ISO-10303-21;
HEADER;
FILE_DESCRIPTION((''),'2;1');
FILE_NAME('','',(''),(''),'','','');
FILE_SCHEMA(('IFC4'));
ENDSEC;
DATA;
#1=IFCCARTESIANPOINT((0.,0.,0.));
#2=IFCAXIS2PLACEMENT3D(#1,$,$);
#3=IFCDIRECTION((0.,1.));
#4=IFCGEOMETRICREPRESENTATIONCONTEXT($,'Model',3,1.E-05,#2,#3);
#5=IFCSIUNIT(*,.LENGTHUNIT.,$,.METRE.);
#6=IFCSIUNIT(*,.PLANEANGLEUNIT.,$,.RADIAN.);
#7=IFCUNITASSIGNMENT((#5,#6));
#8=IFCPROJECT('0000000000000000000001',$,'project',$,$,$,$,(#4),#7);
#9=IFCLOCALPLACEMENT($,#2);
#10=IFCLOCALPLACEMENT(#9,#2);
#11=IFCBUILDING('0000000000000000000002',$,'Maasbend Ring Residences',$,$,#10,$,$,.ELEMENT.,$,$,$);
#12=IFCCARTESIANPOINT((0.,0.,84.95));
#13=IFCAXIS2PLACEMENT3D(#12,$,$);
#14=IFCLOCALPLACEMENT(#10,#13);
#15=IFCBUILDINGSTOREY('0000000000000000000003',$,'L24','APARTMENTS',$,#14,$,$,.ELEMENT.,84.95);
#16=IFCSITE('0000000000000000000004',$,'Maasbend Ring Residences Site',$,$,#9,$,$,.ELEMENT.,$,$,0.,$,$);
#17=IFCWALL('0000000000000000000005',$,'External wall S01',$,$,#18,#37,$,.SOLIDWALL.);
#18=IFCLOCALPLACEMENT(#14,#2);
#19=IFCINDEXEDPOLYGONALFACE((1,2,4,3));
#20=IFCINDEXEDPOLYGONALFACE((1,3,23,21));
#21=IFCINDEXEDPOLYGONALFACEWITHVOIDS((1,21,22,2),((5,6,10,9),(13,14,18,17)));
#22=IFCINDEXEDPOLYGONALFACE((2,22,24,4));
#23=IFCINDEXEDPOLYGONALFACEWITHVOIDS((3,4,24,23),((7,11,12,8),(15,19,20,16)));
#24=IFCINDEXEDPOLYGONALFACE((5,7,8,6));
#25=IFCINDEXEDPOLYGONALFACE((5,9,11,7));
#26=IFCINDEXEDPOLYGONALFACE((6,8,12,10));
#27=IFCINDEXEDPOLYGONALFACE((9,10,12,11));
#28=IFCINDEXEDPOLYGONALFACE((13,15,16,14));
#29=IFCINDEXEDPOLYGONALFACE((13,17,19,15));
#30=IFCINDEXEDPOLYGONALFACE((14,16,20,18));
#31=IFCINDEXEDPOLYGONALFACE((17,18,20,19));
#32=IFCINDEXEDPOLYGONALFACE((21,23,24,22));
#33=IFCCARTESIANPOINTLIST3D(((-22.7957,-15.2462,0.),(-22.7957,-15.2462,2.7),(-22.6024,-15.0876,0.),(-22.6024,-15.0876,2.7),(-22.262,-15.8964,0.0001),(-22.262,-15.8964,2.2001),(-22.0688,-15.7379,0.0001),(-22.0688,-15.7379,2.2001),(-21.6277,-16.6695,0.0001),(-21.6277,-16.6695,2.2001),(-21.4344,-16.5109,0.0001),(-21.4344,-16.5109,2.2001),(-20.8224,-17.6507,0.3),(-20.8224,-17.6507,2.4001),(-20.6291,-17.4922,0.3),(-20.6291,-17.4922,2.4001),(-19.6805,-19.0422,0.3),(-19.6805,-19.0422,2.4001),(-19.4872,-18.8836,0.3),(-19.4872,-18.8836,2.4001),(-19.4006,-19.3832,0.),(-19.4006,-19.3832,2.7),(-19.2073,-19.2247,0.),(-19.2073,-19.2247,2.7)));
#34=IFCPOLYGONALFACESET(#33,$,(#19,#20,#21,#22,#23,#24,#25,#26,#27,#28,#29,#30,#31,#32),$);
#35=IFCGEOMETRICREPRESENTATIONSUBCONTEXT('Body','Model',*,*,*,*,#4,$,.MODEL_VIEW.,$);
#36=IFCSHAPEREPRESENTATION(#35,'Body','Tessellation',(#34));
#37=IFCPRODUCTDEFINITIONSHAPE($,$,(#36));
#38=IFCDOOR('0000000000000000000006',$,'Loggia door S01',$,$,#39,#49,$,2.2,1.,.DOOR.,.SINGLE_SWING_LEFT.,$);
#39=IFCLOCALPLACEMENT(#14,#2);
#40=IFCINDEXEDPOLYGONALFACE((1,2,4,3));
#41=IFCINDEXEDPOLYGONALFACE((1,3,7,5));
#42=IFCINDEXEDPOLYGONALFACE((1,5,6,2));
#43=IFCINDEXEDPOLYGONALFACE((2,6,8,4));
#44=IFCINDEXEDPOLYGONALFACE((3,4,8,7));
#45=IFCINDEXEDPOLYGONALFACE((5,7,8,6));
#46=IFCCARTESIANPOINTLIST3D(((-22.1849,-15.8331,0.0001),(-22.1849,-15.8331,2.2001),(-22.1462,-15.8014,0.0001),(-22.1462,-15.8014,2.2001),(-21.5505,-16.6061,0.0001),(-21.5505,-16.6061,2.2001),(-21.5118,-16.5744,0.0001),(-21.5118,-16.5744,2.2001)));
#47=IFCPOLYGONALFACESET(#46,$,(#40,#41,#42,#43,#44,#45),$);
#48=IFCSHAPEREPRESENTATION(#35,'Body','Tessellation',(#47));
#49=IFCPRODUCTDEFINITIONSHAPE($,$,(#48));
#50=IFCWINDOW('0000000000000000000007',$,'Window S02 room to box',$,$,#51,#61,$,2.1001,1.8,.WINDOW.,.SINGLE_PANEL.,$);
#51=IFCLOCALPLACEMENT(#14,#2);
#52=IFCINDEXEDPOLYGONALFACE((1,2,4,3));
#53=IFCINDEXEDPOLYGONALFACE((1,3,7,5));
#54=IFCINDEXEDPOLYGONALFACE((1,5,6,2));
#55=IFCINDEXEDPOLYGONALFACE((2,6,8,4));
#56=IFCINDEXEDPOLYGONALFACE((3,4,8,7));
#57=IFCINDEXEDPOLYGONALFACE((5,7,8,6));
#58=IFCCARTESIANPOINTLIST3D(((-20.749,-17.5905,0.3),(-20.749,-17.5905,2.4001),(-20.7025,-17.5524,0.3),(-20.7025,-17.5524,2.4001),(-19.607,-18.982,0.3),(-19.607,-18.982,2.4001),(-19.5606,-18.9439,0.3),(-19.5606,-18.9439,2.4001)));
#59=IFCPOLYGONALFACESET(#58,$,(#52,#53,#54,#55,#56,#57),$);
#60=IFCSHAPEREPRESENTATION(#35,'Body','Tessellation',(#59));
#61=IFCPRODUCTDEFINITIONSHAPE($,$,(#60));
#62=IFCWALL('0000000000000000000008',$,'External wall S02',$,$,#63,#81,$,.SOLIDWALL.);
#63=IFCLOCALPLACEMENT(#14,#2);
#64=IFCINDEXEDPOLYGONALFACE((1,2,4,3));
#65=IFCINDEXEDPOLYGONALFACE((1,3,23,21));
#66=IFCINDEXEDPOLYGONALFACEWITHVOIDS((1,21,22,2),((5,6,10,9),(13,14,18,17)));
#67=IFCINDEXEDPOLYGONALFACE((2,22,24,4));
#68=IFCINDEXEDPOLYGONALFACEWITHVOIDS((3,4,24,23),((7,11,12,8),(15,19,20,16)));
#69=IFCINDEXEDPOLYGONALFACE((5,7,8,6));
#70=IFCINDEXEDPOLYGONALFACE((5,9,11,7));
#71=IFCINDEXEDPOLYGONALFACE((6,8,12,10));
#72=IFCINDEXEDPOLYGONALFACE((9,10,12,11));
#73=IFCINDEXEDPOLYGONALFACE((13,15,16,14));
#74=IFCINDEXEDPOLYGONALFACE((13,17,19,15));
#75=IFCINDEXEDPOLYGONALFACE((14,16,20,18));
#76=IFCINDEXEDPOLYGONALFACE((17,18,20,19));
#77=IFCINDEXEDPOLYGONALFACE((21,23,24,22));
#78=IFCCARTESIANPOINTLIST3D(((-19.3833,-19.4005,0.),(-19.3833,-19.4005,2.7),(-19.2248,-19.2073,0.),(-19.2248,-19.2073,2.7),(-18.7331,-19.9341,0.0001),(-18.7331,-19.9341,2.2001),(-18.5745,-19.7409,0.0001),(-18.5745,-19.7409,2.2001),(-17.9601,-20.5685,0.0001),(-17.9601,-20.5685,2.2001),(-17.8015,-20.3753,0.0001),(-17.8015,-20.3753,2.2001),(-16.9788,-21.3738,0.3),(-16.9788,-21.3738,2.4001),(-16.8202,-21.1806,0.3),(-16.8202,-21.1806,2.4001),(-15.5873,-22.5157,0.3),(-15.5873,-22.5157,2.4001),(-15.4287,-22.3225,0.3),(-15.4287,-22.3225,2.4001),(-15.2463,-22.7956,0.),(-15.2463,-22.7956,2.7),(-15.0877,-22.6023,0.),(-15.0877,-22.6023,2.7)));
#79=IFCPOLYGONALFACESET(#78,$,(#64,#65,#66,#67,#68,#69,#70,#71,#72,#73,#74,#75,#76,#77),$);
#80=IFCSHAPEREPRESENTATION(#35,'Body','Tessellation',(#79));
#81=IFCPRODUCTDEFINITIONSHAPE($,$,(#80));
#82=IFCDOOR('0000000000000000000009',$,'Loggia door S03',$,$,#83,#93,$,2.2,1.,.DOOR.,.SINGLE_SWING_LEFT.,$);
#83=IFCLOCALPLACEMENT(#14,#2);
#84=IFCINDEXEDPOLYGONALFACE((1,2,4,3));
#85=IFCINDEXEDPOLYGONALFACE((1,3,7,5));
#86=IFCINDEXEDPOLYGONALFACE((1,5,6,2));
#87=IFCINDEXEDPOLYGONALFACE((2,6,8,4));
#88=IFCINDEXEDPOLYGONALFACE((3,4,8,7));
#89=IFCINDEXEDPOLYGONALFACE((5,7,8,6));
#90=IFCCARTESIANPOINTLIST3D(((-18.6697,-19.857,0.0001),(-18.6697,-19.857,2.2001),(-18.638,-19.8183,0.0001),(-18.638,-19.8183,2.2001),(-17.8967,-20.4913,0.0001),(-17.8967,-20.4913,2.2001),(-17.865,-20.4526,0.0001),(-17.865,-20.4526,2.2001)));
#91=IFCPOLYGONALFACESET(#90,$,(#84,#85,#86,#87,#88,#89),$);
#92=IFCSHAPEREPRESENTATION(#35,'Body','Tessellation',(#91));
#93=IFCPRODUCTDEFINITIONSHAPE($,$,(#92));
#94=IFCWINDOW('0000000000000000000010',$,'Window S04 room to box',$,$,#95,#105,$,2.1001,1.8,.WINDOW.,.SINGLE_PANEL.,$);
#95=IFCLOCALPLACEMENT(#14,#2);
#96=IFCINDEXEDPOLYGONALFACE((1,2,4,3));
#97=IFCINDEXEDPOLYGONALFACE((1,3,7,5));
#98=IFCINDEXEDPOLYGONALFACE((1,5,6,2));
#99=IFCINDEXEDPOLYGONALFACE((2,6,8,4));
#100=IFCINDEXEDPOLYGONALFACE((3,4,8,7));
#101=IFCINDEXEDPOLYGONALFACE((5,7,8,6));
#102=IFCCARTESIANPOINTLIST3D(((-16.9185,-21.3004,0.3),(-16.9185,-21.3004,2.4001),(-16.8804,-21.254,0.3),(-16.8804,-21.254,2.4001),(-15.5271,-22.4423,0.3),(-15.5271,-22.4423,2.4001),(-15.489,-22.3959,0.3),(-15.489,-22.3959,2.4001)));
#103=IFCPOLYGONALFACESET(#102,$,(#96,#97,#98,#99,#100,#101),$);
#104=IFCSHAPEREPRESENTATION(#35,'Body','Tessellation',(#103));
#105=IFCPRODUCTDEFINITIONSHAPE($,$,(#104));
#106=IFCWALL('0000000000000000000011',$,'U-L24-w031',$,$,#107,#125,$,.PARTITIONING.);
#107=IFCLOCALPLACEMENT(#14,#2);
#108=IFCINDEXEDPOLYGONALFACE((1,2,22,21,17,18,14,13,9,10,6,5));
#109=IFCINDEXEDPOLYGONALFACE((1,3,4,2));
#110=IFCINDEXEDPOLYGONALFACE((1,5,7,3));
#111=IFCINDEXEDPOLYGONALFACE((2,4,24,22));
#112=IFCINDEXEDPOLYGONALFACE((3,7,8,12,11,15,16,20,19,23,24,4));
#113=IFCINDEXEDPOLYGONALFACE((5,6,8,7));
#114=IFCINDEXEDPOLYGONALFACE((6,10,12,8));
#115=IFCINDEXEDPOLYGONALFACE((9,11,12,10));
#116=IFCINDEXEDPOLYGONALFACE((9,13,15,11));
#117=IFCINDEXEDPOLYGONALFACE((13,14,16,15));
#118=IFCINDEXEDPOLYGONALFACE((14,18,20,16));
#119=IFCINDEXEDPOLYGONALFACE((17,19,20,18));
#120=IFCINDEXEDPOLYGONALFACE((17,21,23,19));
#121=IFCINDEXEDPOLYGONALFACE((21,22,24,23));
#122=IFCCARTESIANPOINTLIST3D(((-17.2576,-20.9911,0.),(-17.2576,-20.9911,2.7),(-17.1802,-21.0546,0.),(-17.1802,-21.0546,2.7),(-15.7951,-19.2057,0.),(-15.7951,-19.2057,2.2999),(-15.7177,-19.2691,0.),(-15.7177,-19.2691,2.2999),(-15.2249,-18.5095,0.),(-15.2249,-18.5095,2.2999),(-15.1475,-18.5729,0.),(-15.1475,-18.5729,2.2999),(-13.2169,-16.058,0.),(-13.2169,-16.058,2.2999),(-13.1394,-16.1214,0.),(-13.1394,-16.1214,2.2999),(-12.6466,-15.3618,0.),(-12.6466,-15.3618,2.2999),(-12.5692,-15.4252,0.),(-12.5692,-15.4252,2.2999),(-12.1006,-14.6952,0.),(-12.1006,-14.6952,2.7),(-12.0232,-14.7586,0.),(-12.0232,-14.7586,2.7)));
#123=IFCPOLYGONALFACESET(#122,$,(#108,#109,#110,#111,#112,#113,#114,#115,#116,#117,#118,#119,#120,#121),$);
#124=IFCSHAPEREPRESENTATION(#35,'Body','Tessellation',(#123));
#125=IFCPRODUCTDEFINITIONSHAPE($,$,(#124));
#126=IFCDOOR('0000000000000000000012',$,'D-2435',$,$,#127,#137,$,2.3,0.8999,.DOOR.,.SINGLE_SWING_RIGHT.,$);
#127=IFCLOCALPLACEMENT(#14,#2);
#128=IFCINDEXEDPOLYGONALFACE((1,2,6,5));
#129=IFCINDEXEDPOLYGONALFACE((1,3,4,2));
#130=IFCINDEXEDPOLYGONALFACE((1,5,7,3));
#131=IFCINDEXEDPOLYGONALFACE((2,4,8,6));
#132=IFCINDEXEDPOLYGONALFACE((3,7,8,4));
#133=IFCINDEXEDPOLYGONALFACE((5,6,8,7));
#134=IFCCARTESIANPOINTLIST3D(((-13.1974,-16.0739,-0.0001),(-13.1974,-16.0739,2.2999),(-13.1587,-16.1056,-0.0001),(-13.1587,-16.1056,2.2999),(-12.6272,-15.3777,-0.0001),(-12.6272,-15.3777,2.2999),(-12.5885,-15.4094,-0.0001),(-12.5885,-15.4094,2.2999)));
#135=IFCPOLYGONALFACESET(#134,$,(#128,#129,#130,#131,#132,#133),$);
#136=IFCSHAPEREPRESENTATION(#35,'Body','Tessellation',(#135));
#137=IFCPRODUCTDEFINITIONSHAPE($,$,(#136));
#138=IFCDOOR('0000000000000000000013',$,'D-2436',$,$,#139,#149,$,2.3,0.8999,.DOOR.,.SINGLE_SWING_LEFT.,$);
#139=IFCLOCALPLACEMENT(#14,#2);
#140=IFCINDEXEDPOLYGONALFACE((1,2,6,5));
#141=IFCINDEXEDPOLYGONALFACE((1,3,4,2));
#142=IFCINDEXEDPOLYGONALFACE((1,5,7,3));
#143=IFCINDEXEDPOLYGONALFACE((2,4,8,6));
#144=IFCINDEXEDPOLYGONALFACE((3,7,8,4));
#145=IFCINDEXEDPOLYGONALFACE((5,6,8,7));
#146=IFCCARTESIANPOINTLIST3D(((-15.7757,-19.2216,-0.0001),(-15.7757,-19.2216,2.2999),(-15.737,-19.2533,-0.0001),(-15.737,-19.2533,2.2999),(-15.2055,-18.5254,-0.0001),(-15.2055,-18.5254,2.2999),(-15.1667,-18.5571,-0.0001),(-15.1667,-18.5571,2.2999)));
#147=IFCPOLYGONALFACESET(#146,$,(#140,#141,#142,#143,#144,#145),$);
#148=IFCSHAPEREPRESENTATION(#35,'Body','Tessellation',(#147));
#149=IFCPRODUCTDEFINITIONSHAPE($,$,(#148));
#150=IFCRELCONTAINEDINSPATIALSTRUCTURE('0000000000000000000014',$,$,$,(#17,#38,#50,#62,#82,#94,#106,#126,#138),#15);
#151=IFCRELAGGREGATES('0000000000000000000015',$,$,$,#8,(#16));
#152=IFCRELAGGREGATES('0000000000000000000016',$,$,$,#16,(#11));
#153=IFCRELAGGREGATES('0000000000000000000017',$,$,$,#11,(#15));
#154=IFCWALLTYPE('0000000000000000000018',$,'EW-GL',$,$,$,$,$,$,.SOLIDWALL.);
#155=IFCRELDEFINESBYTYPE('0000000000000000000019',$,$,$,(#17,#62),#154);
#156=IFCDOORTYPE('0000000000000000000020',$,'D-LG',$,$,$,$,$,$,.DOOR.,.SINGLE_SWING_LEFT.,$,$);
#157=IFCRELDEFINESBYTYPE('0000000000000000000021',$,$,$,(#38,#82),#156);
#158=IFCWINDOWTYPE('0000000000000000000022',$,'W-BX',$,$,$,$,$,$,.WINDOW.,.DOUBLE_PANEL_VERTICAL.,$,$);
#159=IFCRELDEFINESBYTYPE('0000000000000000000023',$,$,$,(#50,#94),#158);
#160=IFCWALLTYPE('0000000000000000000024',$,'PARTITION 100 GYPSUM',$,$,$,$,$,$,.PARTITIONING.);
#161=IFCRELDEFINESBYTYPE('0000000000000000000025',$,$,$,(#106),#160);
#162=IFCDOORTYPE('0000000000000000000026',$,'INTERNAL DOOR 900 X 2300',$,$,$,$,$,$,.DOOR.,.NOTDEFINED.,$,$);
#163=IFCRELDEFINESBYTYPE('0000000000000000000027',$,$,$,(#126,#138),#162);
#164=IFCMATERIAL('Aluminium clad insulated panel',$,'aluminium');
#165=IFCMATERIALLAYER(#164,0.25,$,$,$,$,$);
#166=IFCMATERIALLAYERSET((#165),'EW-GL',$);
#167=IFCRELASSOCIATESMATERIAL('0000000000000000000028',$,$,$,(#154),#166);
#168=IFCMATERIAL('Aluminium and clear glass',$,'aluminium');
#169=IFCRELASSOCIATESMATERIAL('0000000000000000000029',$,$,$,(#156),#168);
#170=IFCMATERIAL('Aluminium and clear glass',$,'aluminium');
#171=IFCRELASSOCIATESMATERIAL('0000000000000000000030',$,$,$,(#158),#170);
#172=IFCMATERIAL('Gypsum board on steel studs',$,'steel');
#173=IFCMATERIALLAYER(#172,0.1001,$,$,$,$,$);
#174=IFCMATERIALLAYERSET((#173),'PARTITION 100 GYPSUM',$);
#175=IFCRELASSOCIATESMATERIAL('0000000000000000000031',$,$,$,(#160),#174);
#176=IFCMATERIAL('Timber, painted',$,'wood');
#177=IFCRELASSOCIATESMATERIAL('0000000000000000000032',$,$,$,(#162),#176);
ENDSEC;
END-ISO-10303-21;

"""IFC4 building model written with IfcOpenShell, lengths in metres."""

from ifc_helpers import new_model, si_unit, direction, frame, frame_2d, origin, place, context, subcontext, project, spatial, rectangle, extrude, material, layer, layer_set, type_object, element, fill, save


model = new_model("IFC4")

# Units and contexts
model_context = context("Model", 3, precision=1e-05, world=origin(), true_north=direction((0.0, 1.0)))
body_context = subcontext(model_context, "Body", "Model", "MODEL_VIEW")
ifc_project = project(units=[si_unit("LENGTHUNIT", "METRE"), si_unit("PLANEANGLEUNIT", "RADIAN")], contexts=[model_context])

# Site, building, storey
site_placement = place(None, origin())
site = spatial("IfcSite", under=ifc_project, at=site_placement, Name="Maasbend Ring Residences Site", CompositionType="ELEMENT", RefElevation=0.0)
building_placement = place(site_placement, origin())
building = spatial("IfcBuilding", under=site, at=building_placement, Name="Maasbend Ring Residences", CompositionType="ELEMENT")
storey_placement = place(building_placement, frame((0.0, 0.0, 84.95)))
storey = spatial("IfcBuildingStorey", under=building, at=storey_placement, Name="L24", Description="APARTMENTS", CompositionType="ELEMENT", Elevation=84.95)

# Walls, openings, doors, windows
ifc_material_1 = material(Name="Aluminium clad insulated panel", Category="aluminium")
ifc_layer_1 = layer(ifc_material_1, 0.25)
ifc_layer_set_1 = layer_set([ifc_layer_1], Name="EW-GL")
wall_type_1 = type_object("IfcWallType", Name="EW-GL", PredefinedType="SOLIDWALL", material=ifc_layer_set_1)
wall_1_placement = place(storey_placement, frame((-22.699, -15.167, 0.0), z_axis=(0.0, 0.0, 1.0), x_axis=(0.634382, -0.773019, 0.0)))
wall_1 = element("IfcWall", 1, at=wall_1_placement, inside=storey, type_object=wall_type_1, Name="External wall S01", PredefinedType="SOLIDWALL", context=body_context, shape_type="SweptSolid", body=[
    extrude(rectangle(XDim=5.3518, YDim=0.25, at=frame_2d((2.6758, 0.0))), origin(), (0.0, 0.0, 1.0), 2.7),
])
opening_1_placement = place(wall_1_placement, frame((0.8411, 0.0, 0.0)))
opening_1 = element("IfcOpeningElement", 2, at=opening_1_placement, cuts=wall_1, PredefinedType="OPENING", context=body_context, shape_type="SweptSolid", body=[
    extrude(rectangle(XDim=1.0, YDim=2.2, at=frame_2d((0.5, 1.1001))), frame((0.0, 0.135, 0.0), z_axis=(0.0, -1.0, 0.0), x_axis=(1.0, 0.0, 0.0)), (0.0, 0.0, 1.0), 0.27),
])
opening_2_placement = place(wall_1_placement, frame((3.1106, 0.0, 0.3)))
opening_2 = element("IfcOpeningElement", 3, at=opening_2_placement, cuts=wall_1, PredefinedType="OPENING", context=body_context, shape_type="SweptSolid", body=[
    extrude(rectangle(XDim=1.8, YDim=2.1001, at=frame_2d((0.8999, 1.05))), frame((0.0, 0.135, 0.0), z_axis=(0.0, -1.0, 0.0), x_axis=(1.0, 0.0, 0.0)), (0.0, 0.0, 1.0), 0.27),
])
ifc_material_2 = material(Name="Aluminium and clear glass", Category="aluminium")
door_type_1 = type_object("IfcDoorType", Name="D-LG", OperationType="SINGLE_SWING_LEFT", PredefinedType="DOOR", material=ifc_material_2)
door_1_placement = place(opening_1_placement, origin())
door_1 = element("IfcDoor", 4, at=door_1_placement, inside=storey, type_object=door_type_1, Name="Loggia door S01", OperationType="SINGLE_SWING_LEFT", OverallHeight=2.2, OverallWidth=1.0, PredefinedType="DOOR", context=body_context, shape_type="SweptSolid", body=[
    extrude(rectangle(XDim=1.0, YDim=2.2, at=frame_2d((0.5, 1.1001))), frame((0.0, 0.0249, 0.0), z_axis=(0.0, -1.0, 0.0), x_axis=(1.0, 0.0, 0.0)), (0.0, 0.0, 1.0), 0.05),
])
fill(opening_1, door_1)
ifc_material_3 = material(Name="Aluminium and clear glass", Category="aluminium")
window_type_1 = type_object("IfcWindowType", Name="W-BX", PartitioningType="DOUBLE_PANEL_VERTICAL", PredefinedType="WINDOW", material=ifc_material_3)
window_1_placement = place(opening_2_placement, origin())
window_1 = element("IfcWindow", 5, at=window_1_placement, inside=storey, type_object=window_type_1, Name="Window S02 room to box", OverallHeight=2.1001, OverallWidth=1.8, PartitioningType="SINGLE_PANEL", PredefinedType="WINDOW", context=body_context, shape_type="SweptSolid", body=[
    extrude(rectangle(XDim=1.8, YDim=2.1001, at=frame_2d((0.8999, 1.05))), frame((0.0, 0.03, 0.0), z_axis=(0.0, -1.0, 0.0), x_axis=(1.0, 0.0, 0.0)), (0.0, 0.0, 1.0), 0.0601),
])
fill(opening_2, window_1)
wall_2_placement = place(storey_placement, frame((-19.304, -19.304, 0.0), z_axis=(0.0, 0.0, 1.0), x_axis=(0.773019, -0.634382, 0.0)))
wall_2 = element("IfcWall", 6, at=wall_2_placement, inside=storey, type_object=wall_type_1, Name="External wall S02", PredefinedType="SOLIDWALL", context=body_context, shape_type="SweptSolid", body=[
    extrude(rectangle(XDim=5.3518, YDim=0.25, at=frame_2d((2.6758, 0.0))), origin(), (0.0, 0.0, 1.0), 2.7),
])
opening_3_placement = place(wall_2_placement, frame((0.8411, 0.0, 0.0)))
opening_3 = element("IfcOpeningElement", 7, at=opening_3_placement, cuts=wall_2, PredefinedType="OPENING", context=body_context, shape_type="SweptSolid", body=[
    extrude(rectangle(XDim=1.0, YDim=2.2, at=frame_2d((0.5, 1.1001))), frame((0.0, 0.135, 0.0), z_axis=(0.0, -1.0, 0.0), x_axis=(1.0, 0.0, 0.0)), (0.0, 0.0, 1.0), 0.27),
])
opening_4_placement = place(wall_2_placement, frame((3.1106, 0.0, 0.3)))
opening_4 = element("IfcOpeningElement", 8, at=opening_4_placement, cuts=wall_2, PredefinedType="OPENING", context=body_context, shape_type="SweptSolid", body=[
    extrude(rectangle(XDim=1.8, YDim=2.1001, at=frame_2d((0.8999, 1.05))), frame((0.0, 0.135, 0.0), z_axis=(0.0, -1.0, 0.0), x_axis=(1.0, 0.0, 0.0)), (0.0, 0.0, 1.0), 0.27),
])
door_2_placement = place(opening_3_placement, origin())
door_2 = element("IfcDoor", 9, at=door_2_placement, inside=storey, type_object=door_type_1, Name="Loggia door S03", OperationType="SINGLE_SWING_LEFT", OverallHeight=2.2, OverallWidth=1.0, PredefinedType="DOOR", context=body_context, shape_type="SweptSolid", body=[
    extrude(rectangle(XDim=1.0, YDim=2.2, at=frame_2d((0.5, 1.1001))), frame((0.0, 0.0249, 0.0), z_axis=(0.0, -1.0, 0.0), x_axis=(1.0, 0.0, 0.0)), (0.0, 0.0, 1.0), 0.05),
])
fill(opening_3, door_2)
window_2_placement = place(opening_4_placement, origin())
window_2 = element("IfcWindow", 10, at=window_2_placement, inside=storey, type_object=window_type_1, Name="Window S04 room to box", OverallHeight=2.1001, OverallWidth=1.8, PartitioningType="SINGLE_PANEL", PredefinedType="WINDOW", context=body_context, shape_type="SweptSolid", body=[
    extrude(rectangle(XDim=1.8, YDim=2.1001, at=frame_2d((0.8999, 1.05))), frame((0.0, 0.03, 0.0), z_axis=(0.0, -1.0, 0.0), x_axis=(1.0, 0.0, 0.0)), (0.0, 0.0, 1.0), 0.0601),
])
fill(opening_4, window_2)

# Wall, openings, doors
ifc_material_4 = material(Name="Gypsum board on steel studs", Category="steel")
ifc_layer_2 = layer(ifc_material_4, 0.1001)
ifc_layer_set_2 = layer_set([ifc_layer_2], Name="PARTITION 100 GYPSUM")
wall_type_2 = type_object("IfcWallType", Name="PARTITION 100 GYPSUM", PredefinedType="PARTITIONING", material=ifc_layer_set_2)
wall_3_placement = place(storey_placement, frame((-17.219, -21.0229, 0.0), z_axis=(0.0, 0.0, 1.0), x_axis=(0.633664, 0.773608, 0.0)))
wall_3 = element("IfcWall", 11, at=wall_3_placement, inside=storey, type_object=wall_type_2, Name="U-L24-w031", PredefinedType="PARTITIONING", context=body_context, shape_type="SweptSolid", body=[
    extrude(rectangle(XDim=8.1384, YDim=0.1001, at=frame_2d((4.0693, 0.0))), origin(), (0.0, 0.0, 1.0), 2.7),
])
opening_5_placement = place(wall_3_placement, frame((6.377, 0.0, 0.0)))
opening_5 = element("IfcOpeningElement", 12, at=opening_5_placement, cuts=wall_3, PredefinedType="OPENING", context=body_context, shape_type="SweptSolid", body=[
    extrude(rectangle(XDim=0.8999, YDim=2.3, at=frame_2d((0.45, 1.1499))), frame((0.0, 0.0601, 0.0), z_axis=(0.0, -1.0, 0.0), x_axis=(1.0, 0.0, 0.0)), (0.0, 0.0, 1.0), 0.1201),
])
opening_6_placement = place(wall_3_placement, frame((2.3081, 0.0, 0.0)))
opening_6 = element("IfcOpeningElement", 13, at=opening_6_placement, cuts=wall_3, PredefinedType="OPENING", context=body_context, shape_type="SweptSolid", body=[
    extrude(rectangle(XDim=0.8999, YDim=2.3, at=frame_2d((0.45, 1.1499))), frame((0.0, 0.0601, 0.0), z_axis=(0.0, -1.0, 0.0), x_axis=(1.0, 0.0, 0.0)), (0.0, 0.0, 1.0), 0.1201),
])
ifc_material_5 = material(Name="Timber, painted", Category="wood")
door_type_2 = type_object("IfcDoorType", Name="INTERNAL DOOR 900 X 2300", OperationType="NOTDEFINED", PredefinedType="DOOR", material=ifc_material_5)
door_3_placement = place(opening_5_placement, origin())
door_3 = element("IfcDoor", 14, at=door_3_placement, inside=storey, type_object=door_type_2, Name="D-2435", OperationType="SINGLE_SWING_RIGHT", OverallHeight=2.3, OverallWidth=0.8999, PredefinedType="DOOR", context=body_context, shape_type="SweptSolid", body=[
    extrude(rectangle(XDim=0.8999, YDim=2.3, at=frame_2d((0.45, 1.1499))), frame((0.0, 0.0249, 0.0), z_axis=(0.0, -1.0, 0.0), x_axis=(1.0, 0.0, 0.0)), (0.0, 0.0, 1.0), 0.05),
])
fill(opening_5, door_3)
door_4_placement = place(opening_6_placement, origin())
door_4 = element("IfcDoor", 15, at=door_4_placement, inside=storey, type_object=door_type_2, Name="D-2436", OperationType="SINGLE_SWING_LEFT", OverallHeight=2.3, OverallWidth=0.8999, PredefinedType="DOOR", context=body_context, shape_type="SweptSolid", body=[
    extrude(rectangle(XDim=0.8999, YDim=2.3, at=frame_2d((0.45, 1.1499))), frame((0.0, 0.0249, 0.0), z_axis=(0.0, -1.0, 0.0), x_axis=(1.0, 0.0, 0.0)), (0.0, 0.0, 1.0), 0.05),
])
fill(opening_6, door_4)

save(model, "model.ifc")
